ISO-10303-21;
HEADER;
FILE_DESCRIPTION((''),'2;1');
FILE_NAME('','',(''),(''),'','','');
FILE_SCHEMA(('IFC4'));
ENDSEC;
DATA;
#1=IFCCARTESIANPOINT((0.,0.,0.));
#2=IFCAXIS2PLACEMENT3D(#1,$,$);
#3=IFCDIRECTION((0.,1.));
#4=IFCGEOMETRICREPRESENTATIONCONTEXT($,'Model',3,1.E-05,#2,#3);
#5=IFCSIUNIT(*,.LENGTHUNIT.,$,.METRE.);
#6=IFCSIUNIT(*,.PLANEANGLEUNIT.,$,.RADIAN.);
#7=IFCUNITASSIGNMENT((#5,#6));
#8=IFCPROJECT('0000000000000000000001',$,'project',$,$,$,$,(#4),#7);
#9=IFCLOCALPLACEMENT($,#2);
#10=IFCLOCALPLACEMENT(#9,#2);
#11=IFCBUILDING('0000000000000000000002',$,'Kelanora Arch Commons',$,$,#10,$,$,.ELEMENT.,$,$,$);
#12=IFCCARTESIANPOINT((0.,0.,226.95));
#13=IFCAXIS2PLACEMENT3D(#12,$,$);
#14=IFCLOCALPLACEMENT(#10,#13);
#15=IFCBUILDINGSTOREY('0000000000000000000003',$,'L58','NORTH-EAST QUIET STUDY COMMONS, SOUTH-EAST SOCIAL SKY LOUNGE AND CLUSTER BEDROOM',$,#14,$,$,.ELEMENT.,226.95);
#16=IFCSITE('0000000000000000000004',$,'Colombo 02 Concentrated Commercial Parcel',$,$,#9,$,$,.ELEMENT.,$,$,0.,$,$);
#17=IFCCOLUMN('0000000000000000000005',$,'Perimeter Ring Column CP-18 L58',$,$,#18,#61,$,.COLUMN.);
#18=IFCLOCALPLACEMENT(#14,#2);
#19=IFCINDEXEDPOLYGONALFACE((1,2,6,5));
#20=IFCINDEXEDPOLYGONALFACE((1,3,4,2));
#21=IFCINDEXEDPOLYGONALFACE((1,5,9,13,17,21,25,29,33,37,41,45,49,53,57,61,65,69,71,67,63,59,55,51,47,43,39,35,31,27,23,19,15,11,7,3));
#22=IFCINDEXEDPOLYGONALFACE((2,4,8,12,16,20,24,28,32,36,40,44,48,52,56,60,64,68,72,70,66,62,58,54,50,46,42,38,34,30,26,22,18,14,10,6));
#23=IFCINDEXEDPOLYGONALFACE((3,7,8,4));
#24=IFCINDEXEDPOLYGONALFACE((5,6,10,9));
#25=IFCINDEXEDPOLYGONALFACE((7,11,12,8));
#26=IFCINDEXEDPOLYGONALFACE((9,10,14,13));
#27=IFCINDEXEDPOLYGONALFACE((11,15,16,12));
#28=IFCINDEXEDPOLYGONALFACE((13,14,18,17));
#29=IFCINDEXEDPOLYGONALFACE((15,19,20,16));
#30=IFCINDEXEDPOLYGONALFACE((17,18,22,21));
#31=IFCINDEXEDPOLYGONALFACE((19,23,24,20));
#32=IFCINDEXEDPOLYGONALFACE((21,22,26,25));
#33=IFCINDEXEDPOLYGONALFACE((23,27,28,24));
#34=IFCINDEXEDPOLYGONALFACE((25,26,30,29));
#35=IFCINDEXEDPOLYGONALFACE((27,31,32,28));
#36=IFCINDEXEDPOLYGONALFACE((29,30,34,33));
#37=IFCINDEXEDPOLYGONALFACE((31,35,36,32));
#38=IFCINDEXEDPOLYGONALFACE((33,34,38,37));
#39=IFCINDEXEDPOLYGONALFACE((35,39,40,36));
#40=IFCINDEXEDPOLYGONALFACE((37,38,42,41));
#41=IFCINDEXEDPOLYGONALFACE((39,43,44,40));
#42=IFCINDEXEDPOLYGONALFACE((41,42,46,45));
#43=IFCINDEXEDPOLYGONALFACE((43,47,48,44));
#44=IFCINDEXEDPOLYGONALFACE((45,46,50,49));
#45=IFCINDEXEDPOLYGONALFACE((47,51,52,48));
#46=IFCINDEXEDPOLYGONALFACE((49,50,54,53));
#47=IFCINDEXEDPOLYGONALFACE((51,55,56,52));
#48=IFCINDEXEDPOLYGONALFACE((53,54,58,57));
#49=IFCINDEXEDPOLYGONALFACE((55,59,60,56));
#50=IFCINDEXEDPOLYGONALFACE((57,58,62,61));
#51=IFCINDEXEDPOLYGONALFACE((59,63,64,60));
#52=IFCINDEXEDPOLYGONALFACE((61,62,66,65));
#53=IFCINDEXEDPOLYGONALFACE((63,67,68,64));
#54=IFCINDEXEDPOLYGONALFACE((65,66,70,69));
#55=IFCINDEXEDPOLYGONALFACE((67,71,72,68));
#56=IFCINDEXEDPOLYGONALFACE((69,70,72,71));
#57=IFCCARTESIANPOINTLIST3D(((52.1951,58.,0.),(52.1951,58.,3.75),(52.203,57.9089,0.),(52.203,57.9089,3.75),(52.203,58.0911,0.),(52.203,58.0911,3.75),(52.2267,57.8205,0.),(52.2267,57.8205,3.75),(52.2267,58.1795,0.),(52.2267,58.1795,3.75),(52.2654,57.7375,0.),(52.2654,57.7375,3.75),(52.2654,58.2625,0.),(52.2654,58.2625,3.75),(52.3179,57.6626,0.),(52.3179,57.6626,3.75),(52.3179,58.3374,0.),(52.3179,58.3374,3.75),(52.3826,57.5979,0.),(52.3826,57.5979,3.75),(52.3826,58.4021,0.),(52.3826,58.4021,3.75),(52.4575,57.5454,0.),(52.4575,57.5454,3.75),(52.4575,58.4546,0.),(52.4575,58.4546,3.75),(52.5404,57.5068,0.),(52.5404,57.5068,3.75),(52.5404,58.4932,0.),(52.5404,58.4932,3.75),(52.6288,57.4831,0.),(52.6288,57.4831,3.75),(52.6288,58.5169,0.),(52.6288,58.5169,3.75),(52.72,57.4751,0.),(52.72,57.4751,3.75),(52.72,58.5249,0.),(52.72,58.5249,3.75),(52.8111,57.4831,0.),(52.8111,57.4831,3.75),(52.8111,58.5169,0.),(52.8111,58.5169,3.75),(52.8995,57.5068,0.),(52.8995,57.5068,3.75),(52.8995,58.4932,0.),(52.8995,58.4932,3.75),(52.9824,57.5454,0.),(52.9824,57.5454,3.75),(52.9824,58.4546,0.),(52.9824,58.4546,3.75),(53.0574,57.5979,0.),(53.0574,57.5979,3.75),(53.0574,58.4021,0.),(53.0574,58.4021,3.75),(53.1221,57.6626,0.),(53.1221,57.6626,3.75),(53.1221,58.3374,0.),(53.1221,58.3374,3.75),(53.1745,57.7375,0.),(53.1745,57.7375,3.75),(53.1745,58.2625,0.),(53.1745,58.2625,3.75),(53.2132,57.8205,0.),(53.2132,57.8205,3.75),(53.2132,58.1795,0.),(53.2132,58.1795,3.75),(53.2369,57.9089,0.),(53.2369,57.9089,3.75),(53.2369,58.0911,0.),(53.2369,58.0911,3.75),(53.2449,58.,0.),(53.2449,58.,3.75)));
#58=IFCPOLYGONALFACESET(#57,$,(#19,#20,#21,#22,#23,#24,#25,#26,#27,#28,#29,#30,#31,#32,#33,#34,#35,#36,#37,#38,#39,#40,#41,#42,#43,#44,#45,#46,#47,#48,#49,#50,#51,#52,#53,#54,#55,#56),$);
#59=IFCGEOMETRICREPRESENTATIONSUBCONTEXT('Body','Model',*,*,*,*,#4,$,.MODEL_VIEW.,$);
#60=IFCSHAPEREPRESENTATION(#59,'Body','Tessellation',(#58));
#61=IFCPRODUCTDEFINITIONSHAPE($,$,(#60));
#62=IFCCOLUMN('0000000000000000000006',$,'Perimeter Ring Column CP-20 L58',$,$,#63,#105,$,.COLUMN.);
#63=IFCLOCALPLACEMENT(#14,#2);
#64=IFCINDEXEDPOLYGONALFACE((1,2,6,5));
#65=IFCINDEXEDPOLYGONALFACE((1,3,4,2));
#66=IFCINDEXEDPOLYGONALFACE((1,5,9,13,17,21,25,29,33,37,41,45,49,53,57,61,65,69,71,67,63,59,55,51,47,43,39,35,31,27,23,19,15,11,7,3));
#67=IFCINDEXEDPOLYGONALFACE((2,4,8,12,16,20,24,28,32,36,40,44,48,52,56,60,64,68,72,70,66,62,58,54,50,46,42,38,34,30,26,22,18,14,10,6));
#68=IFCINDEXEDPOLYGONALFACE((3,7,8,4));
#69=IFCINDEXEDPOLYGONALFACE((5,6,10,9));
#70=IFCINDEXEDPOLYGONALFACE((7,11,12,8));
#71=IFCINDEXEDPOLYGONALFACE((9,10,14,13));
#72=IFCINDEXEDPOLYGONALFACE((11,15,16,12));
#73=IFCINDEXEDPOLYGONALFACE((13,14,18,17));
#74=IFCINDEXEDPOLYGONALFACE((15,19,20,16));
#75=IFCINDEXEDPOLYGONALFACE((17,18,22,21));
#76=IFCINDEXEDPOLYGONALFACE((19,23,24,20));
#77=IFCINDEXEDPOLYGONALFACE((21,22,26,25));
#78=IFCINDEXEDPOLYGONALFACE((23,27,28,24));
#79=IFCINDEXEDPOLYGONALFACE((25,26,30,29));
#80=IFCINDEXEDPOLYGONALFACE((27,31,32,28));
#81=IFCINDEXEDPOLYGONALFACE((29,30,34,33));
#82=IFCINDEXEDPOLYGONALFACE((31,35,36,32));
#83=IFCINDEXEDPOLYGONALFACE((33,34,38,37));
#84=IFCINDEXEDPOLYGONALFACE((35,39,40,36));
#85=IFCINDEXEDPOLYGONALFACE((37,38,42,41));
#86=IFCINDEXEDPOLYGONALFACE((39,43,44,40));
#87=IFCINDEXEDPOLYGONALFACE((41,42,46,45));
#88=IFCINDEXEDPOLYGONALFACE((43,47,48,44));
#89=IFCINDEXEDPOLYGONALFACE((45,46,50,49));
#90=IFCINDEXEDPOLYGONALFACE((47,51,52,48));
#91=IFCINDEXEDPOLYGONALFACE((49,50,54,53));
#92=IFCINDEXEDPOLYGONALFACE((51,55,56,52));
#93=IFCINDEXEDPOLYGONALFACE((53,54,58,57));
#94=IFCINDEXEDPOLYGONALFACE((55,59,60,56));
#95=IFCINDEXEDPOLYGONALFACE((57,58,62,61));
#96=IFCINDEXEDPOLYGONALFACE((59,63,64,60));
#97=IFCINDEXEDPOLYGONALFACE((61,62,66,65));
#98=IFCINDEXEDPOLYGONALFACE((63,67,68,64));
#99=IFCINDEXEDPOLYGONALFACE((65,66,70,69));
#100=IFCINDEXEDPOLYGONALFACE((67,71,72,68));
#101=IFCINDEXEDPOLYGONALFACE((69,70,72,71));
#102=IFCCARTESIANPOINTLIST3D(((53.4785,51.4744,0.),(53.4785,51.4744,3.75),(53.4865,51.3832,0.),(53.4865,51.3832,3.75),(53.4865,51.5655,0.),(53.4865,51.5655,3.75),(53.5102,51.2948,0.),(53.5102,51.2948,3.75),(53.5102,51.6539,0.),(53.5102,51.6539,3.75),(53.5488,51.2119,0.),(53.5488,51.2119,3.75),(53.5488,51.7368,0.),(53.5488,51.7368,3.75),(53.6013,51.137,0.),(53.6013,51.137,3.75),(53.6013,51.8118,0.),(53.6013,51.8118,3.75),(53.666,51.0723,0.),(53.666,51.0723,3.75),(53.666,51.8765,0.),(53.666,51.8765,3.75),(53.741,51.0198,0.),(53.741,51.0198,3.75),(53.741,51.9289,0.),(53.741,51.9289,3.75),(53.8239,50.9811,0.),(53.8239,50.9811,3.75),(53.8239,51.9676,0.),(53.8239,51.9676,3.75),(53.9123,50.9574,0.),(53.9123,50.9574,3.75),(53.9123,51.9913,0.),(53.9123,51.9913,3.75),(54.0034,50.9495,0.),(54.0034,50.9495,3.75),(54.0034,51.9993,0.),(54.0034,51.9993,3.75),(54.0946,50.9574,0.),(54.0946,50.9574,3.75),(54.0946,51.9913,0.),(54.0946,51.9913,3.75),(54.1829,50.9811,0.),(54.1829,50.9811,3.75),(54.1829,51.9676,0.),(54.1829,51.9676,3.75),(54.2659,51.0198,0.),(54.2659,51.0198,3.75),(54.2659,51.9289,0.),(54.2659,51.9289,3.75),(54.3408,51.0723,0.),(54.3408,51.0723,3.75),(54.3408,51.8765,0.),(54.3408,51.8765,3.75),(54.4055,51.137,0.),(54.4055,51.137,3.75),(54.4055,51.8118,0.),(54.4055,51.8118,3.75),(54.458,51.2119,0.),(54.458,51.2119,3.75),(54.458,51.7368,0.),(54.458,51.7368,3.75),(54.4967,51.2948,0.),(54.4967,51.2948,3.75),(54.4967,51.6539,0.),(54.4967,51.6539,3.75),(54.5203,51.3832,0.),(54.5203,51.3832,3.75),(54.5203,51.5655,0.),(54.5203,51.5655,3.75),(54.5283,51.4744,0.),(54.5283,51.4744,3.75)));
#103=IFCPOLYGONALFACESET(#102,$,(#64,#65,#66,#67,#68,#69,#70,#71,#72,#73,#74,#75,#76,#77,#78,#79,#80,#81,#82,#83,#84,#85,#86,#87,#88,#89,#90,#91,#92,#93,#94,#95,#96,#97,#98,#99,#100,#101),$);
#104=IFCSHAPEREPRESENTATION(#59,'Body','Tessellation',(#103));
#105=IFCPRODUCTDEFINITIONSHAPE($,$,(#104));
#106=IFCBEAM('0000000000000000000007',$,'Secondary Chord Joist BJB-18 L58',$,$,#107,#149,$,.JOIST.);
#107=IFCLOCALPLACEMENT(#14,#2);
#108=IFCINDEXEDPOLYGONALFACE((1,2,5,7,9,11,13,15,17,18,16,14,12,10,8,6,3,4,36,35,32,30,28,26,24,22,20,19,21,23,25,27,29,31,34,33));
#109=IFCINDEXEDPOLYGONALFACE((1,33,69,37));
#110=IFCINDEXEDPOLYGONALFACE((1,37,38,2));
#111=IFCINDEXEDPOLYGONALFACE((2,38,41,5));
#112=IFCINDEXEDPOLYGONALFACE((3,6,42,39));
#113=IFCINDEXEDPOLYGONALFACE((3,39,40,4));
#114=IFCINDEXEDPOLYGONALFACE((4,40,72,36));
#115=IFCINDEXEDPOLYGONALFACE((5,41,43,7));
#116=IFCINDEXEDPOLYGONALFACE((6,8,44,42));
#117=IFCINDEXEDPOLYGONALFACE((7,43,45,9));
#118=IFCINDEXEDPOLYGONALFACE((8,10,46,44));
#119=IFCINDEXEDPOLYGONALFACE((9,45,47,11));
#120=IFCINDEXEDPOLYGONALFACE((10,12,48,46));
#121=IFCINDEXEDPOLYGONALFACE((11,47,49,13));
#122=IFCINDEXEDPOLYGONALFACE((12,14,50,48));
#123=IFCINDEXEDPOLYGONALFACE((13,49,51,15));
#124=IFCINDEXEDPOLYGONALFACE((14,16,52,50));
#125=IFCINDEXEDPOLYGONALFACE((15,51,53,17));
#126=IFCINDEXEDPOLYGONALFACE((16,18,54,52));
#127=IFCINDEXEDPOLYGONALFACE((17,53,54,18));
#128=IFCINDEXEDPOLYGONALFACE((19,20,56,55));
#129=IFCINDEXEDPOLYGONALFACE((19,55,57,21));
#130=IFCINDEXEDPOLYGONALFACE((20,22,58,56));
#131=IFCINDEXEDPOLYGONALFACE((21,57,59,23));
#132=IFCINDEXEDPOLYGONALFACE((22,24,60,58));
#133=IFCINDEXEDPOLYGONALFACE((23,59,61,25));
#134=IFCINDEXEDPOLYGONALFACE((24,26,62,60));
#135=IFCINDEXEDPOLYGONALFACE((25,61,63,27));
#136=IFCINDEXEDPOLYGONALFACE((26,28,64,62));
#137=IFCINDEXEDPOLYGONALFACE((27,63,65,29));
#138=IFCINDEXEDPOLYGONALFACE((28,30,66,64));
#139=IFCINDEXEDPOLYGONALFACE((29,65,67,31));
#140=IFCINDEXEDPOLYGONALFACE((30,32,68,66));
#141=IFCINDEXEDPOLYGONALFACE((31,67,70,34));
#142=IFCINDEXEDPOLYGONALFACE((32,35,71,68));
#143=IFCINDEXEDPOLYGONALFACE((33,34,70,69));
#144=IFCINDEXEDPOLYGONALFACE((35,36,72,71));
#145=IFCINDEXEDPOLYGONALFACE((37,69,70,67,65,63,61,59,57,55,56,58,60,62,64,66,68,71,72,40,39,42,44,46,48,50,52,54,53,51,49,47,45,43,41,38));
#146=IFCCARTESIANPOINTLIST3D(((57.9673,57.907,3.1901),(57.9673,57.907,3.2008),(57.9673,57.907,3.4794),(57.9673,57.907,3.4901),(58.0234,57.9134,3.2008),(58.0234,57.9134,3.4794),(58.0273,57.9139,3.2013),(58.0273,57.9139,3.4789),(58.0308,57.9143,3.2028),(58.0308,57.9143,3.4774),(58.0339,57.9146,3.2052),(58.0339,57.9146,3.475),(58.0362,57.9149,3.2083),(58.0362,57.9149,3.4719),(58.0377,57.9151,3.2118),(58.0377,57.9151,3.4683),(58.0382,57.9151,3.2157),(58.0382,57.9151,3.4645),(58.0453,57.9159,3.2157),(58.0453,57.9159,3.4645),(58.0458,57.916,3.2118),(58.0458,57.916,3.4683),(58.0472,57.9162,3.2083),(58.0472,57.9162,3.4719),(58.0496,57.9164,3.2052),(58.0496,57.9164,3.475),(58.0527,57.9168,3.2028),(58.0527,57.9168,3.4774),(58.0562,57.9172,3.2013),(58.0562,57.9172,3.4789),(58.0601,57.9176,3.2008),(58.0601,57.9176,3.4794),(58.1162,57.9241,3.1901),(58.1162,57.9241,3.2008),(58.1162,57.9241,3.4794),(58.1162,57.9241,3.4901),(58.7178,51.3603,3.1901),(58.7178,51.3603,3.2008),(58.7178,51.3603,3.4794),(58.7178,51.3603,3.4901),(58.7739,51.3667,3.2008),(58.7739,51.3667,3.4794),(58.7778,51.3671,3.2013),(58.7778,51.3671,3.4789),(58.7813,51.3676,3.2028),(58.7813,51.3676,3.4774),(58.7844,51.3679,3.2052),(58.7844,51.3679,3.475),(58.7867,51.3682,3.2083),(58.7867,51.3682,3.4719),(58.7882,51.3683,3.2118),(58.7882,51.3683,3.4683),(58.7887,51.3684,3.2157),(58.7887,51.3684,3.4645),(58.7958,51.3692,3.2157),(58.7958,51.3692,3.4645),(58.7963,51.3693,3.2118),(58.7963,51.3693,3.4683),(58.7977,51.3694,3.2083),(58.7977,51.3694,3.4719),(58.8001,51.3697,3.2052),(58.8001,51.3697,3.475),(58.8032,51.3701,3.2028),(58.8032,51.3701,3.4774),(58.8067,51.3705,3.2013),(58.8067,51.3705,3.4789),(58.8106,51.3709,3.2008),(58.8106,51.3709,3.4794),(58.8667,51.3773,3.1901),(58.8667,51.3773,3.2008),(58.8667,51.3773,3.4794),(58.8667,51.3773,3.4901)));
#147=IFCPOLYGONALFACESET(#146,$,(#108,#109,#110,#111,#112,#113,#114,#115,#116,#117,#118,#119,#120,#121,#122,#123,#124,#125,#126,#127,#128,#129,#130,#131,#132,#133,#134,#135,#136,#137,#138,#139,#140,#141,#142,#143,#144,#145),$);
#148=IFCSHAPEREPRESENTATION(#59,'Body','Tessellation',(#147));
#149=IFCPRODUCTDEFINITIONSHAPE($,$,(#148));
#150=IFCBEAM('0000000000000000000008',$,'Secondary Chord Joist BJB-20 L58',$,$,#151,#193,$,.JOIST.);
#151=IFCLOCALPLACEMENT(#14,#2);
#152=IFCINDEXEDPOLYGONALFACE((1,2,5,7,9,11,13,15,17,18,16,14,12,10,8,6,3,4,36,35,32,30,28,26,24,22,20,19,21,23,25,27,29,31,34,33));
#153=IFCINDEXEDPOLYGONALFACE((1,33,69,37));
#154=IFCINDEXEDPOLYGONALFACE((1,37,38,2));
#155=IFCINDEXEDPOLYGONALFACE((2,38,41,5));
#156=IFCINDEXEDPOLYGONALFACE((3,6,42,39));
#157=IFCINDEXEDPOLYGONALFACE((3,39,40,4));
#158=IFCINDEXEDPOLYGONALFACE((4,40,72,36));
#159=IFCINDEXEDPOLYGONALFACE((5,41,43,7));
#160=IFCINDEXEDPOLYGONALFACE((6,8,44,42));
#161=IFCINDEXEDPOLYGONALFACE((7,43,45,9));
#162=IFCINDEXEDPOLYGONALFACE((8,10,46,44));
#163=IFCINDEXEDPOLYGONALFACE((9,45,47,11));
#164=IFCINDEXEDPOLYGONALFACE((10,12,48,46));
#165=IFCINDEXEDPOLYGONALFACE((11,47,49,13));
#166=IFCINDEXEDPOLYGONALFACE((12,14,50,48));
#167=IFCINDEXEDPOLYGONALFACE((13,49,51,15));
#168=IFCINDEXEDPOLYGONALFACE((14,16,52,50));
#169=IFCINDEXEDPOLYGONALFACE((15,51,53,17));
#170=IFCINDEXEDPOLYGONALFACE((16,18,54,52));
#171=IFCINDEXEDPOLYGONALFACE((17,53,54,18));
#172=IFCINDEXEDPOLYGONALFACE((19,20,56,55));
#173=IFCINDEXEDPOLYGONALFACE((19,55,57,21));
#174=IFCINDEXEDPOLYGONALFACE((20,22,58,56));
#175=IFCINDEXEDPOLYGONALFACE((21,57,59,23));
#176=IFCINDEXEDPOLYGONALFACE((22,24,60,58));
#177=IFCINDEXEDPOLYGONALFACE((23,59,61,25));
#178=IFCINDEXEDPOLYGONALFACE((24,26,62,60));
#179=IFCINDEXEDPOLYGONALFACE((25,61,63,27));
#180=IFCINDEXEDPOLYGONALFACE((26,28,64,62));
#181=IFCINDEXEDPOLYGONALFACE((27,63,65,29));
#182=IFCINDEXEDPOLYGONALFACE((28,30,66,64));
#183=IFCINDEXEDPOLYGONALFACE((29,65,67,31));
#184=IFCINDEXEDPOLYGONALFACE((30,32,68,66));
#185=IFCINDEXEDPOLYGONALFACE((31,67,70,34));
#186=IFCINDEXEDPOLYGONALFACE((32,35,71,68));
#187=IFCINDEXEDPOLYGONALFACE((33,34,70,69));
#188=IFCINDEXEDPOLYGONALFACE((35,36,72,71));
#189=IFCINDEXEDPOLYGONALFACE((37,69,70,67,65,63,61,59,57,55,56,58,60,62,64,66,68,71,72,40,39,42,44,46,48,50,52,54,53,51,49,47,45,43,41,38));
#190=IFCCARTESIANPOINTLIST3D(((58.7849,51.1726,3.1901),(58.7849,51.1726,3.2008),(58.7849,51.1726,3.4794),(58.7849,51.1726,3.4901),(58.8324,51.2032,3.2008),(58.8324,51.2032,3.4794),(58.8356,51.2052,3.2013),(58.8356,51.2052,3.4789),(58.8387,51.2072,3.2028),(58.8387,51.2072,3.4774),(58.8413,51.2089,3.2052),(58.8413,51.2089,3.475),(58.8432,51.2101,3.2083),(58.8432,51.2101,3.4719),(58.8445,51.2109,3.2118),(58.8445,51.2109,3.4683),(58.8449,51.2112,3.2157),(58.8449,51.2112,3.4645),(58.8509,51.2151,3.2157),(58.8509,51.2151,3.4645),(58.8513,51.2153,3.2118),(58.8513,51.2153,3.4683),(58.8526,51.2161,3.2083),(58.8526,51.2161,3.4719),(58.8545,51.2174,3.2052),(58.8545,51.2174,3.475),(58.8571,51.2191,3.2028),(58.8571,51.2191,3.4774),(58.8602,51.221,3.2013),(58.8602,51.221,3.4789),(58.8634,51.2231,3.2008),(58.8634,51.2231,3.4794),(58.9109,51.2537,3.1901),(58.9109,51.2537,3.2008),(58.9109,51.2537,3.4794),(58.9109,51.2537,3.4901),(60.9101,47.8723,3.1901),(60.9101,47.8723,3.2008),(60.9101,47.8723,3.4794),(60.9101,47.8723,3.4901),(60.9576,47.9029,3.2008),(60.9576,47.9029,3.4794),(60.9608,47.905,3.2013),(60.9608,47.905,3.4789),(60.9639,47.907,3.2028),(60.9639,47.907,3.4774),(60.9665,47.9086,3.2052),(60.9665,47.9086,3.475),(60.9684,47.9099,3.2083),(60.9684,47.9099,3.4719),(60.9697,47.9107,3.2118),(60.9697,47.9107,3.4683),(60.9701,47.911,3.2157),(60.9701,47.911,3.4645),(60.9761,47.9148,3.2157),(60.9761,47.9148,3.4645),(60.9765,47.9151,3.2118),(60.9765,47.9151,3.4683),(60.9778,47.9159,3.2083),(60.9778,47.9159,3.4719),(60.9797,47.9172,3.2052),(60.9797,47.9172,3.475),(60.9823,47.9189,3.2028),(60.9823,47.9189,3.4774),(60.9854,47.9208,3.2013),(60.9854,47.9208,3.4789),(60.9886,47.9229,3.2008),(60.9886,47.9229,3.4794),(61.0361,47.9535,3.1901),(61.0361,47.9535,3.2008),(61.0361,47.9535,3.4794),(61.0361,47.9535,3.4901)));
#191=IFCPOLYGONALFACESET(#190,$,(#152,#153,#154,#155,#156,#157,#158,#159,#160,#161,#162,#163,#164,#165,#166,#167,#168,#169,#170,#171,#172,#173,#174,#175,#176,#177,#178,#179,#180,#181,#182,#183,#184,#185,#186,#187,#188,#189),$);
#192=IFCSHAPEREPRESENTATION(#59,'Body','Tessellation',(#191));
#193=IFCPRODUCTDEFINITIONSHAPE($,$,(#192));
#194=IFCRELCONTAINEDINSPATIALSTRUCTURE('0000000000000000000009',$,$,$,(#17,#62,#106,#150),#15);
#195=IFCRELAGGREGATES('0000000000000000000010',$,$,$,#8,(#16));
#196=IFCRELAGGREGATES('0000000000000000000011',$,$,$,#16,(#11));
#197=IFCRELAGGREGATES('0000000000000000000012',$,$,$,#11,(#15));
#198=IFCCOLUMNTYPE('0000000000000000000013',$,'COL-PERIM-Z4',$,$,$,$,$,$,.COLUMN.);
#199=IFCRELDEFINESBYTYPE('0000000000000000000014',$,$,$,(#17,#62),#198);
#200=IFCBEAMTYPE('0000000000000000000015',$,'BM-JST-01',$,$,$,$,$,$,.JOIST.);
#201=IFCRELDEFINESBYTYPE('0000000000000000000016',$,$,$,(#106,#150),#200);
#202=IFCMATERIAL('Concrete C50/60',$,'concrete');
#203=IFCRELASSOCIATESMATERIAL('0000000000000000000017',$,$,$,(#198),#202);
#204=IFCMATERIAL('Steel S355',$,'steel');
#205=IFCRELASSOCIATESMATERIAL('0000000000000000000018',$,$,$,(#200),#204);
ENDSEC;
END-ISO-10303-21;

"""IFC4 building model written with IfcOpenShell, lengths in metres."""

from ifc_helpers import new_model, si_unit, direction, frame, origin, origin_2d, place, context, subcontext, project, spatial, circle, i_section, extrude, material, material_profile, profile_set, type_object, element, save


model = new_model("IFC4")

# Units and contexts
model_context = context("Model", 3, precision=1e-05, world=origin(), true_north=direction((0.0, 1.0)))
body_context = subcontext(model_context, "Body", "Model", "MODEL_VIEW")
ifc_project = project(units=[si_unit("LENGTHUNIT", "METRE"), si_unit("PLANEANGLEUNIT", "RADIAN")], contexts=[model_context])

# Site, building, storey
site_placement = place(None, origin())
site = spatial("IfcSite", under=ifc_project, at=site_placement, Name="Colombo 02 Concentrated Commercial Parcel", CompositionType="ELEMENT", RefElevation=0.0)
building_placement = place(site_placement, origin())
building = spatial("IfcBuilding", under=site, at=building_placement, Name="Kelanora Arch Commons", CompositionType="ELEMENT")
storey_placement = place(building_placement, frame((0.0, 0.0, 226.95)))
storey = spatial("IfcBuildingStorey", under=building, at=storey_placement, Name="L58", Description="NORTH-EAST QUIET STUDY COMMONS, SOUTH-EAST SOCIAL SKY LOUNGE AND CLUSTER BEDROOM", CompositionType="ELEMENT", Elevation=226.95)

# Columns
ifc_material_1 = material(Name="Concrete C50/60", Category="concrete")
ifc_material_profile_1 = material_profile(ifc_material_1, circle(Radius=0.5249, at=origin_2d()), Name="RCC1050")
ifc_profile_set_1 = profile_set([ifc_material_profile_1], Name="Concrete C50/60")
column_type = type_object("IfcColumnType", Name="COL-PERIM-Z4", PredefinedType="COLUMN", material=ifc_profile_set_1)
for number, where, z_axis, x_axis, name in (
    (1, (52.72, 58.0, 0.0), (0.0, 0.0, 1.0), (1.0, 0.0, 0.0), "Perimeter Ring Column CP-18 L58"),
    (2, (54.0034, 51.4744, 0.0), (0.0, 0.0, 1.0), (1.0, 0.0, 0.0), "Perimeter Ring Column CP-20 L58"),
):
    element("IfcColumn", number, at=place(storey_placement, frame(where, z_axis=z_axis, x_axis=x_axis)), inside=storey, type_object=column_type, Name=name, PredefinedType="COLUMN", context=body_context, shape_type="SweptSolid", body=[
        extrude(circle(Radius=0.5249, at=origin_2d()), origin(), (0.0, 0.0, 1.0), 3.75),
    ])

# Beams
ifc_material_2 = material(Name="Steel S355", Category="steel")
ifc_material_profile_2 = material_profile(ifc_material_2, i_section(OverallWidth=0.1499, OverallDepth=0.3, WebThickness=0.0071, FlangeThickness=0.0107, FilletRadius=0.0149, at=origin_2d()), Name="IPE300")
ifc_profile_set_2 = profile_set([ifc_material_profile_2], Name="Steel S355")
beam_type_1 = type_object("IfcBeamType", Name="BM-JST-01", PredefinedType="JOIST", material=ifc_profile_set_2)
beam_1_placement = place(storey_placement, frame((58.0417, 57.9155, 3.3401), z_axis=(0.113891, -0.993493, 0.0), x_axis=(0.993493, 0.113891, 0.0)))
element("IfcBeam", 3, at=beam_1_placement, inside=storey, type_object=beam_type_1, Name="Secondary Chord Joist BJB-18 L58", PredefinedType="JOIST", context=body_context, shape_type="SweptSolid", body=[
    extrude(i_section(OverallWidth=0.1499, OverallDepth=0.3, WebThickness=0.0071, FlangeThickness=0.0107, FilletRadius=0.0149, at=origin_2d()), origin(), (0.0, 0.0, 1.0), 6.5896),
])
beam_2_placement = place(storey_placement, frame((58.8479, 51.2131, 3.3401), z_axis=(0.541411, -0.840758, 0.0), x_axis=(0.840758, 0.541411, 0.0)))
element("IfcBeam", 4, at=beam_2_placement, inside=storey, type_object=beam_type_1, Name="Secondary Chord Joist BJB-20 L58", PredefinedType="JOIST", context=body_context, shape_type="SweptSolid", body=[
    extrude(i_section(OverallWidth=0.1499, OverallDepth=0.3, WebThickness=0.0071, FlangeThickness=0.0107, FilletRadius=0.0149, at=origin_2d()), origin(), (0.0, 0.0, 1.0), 3.9253),
])

save(model, "model.ifc")
